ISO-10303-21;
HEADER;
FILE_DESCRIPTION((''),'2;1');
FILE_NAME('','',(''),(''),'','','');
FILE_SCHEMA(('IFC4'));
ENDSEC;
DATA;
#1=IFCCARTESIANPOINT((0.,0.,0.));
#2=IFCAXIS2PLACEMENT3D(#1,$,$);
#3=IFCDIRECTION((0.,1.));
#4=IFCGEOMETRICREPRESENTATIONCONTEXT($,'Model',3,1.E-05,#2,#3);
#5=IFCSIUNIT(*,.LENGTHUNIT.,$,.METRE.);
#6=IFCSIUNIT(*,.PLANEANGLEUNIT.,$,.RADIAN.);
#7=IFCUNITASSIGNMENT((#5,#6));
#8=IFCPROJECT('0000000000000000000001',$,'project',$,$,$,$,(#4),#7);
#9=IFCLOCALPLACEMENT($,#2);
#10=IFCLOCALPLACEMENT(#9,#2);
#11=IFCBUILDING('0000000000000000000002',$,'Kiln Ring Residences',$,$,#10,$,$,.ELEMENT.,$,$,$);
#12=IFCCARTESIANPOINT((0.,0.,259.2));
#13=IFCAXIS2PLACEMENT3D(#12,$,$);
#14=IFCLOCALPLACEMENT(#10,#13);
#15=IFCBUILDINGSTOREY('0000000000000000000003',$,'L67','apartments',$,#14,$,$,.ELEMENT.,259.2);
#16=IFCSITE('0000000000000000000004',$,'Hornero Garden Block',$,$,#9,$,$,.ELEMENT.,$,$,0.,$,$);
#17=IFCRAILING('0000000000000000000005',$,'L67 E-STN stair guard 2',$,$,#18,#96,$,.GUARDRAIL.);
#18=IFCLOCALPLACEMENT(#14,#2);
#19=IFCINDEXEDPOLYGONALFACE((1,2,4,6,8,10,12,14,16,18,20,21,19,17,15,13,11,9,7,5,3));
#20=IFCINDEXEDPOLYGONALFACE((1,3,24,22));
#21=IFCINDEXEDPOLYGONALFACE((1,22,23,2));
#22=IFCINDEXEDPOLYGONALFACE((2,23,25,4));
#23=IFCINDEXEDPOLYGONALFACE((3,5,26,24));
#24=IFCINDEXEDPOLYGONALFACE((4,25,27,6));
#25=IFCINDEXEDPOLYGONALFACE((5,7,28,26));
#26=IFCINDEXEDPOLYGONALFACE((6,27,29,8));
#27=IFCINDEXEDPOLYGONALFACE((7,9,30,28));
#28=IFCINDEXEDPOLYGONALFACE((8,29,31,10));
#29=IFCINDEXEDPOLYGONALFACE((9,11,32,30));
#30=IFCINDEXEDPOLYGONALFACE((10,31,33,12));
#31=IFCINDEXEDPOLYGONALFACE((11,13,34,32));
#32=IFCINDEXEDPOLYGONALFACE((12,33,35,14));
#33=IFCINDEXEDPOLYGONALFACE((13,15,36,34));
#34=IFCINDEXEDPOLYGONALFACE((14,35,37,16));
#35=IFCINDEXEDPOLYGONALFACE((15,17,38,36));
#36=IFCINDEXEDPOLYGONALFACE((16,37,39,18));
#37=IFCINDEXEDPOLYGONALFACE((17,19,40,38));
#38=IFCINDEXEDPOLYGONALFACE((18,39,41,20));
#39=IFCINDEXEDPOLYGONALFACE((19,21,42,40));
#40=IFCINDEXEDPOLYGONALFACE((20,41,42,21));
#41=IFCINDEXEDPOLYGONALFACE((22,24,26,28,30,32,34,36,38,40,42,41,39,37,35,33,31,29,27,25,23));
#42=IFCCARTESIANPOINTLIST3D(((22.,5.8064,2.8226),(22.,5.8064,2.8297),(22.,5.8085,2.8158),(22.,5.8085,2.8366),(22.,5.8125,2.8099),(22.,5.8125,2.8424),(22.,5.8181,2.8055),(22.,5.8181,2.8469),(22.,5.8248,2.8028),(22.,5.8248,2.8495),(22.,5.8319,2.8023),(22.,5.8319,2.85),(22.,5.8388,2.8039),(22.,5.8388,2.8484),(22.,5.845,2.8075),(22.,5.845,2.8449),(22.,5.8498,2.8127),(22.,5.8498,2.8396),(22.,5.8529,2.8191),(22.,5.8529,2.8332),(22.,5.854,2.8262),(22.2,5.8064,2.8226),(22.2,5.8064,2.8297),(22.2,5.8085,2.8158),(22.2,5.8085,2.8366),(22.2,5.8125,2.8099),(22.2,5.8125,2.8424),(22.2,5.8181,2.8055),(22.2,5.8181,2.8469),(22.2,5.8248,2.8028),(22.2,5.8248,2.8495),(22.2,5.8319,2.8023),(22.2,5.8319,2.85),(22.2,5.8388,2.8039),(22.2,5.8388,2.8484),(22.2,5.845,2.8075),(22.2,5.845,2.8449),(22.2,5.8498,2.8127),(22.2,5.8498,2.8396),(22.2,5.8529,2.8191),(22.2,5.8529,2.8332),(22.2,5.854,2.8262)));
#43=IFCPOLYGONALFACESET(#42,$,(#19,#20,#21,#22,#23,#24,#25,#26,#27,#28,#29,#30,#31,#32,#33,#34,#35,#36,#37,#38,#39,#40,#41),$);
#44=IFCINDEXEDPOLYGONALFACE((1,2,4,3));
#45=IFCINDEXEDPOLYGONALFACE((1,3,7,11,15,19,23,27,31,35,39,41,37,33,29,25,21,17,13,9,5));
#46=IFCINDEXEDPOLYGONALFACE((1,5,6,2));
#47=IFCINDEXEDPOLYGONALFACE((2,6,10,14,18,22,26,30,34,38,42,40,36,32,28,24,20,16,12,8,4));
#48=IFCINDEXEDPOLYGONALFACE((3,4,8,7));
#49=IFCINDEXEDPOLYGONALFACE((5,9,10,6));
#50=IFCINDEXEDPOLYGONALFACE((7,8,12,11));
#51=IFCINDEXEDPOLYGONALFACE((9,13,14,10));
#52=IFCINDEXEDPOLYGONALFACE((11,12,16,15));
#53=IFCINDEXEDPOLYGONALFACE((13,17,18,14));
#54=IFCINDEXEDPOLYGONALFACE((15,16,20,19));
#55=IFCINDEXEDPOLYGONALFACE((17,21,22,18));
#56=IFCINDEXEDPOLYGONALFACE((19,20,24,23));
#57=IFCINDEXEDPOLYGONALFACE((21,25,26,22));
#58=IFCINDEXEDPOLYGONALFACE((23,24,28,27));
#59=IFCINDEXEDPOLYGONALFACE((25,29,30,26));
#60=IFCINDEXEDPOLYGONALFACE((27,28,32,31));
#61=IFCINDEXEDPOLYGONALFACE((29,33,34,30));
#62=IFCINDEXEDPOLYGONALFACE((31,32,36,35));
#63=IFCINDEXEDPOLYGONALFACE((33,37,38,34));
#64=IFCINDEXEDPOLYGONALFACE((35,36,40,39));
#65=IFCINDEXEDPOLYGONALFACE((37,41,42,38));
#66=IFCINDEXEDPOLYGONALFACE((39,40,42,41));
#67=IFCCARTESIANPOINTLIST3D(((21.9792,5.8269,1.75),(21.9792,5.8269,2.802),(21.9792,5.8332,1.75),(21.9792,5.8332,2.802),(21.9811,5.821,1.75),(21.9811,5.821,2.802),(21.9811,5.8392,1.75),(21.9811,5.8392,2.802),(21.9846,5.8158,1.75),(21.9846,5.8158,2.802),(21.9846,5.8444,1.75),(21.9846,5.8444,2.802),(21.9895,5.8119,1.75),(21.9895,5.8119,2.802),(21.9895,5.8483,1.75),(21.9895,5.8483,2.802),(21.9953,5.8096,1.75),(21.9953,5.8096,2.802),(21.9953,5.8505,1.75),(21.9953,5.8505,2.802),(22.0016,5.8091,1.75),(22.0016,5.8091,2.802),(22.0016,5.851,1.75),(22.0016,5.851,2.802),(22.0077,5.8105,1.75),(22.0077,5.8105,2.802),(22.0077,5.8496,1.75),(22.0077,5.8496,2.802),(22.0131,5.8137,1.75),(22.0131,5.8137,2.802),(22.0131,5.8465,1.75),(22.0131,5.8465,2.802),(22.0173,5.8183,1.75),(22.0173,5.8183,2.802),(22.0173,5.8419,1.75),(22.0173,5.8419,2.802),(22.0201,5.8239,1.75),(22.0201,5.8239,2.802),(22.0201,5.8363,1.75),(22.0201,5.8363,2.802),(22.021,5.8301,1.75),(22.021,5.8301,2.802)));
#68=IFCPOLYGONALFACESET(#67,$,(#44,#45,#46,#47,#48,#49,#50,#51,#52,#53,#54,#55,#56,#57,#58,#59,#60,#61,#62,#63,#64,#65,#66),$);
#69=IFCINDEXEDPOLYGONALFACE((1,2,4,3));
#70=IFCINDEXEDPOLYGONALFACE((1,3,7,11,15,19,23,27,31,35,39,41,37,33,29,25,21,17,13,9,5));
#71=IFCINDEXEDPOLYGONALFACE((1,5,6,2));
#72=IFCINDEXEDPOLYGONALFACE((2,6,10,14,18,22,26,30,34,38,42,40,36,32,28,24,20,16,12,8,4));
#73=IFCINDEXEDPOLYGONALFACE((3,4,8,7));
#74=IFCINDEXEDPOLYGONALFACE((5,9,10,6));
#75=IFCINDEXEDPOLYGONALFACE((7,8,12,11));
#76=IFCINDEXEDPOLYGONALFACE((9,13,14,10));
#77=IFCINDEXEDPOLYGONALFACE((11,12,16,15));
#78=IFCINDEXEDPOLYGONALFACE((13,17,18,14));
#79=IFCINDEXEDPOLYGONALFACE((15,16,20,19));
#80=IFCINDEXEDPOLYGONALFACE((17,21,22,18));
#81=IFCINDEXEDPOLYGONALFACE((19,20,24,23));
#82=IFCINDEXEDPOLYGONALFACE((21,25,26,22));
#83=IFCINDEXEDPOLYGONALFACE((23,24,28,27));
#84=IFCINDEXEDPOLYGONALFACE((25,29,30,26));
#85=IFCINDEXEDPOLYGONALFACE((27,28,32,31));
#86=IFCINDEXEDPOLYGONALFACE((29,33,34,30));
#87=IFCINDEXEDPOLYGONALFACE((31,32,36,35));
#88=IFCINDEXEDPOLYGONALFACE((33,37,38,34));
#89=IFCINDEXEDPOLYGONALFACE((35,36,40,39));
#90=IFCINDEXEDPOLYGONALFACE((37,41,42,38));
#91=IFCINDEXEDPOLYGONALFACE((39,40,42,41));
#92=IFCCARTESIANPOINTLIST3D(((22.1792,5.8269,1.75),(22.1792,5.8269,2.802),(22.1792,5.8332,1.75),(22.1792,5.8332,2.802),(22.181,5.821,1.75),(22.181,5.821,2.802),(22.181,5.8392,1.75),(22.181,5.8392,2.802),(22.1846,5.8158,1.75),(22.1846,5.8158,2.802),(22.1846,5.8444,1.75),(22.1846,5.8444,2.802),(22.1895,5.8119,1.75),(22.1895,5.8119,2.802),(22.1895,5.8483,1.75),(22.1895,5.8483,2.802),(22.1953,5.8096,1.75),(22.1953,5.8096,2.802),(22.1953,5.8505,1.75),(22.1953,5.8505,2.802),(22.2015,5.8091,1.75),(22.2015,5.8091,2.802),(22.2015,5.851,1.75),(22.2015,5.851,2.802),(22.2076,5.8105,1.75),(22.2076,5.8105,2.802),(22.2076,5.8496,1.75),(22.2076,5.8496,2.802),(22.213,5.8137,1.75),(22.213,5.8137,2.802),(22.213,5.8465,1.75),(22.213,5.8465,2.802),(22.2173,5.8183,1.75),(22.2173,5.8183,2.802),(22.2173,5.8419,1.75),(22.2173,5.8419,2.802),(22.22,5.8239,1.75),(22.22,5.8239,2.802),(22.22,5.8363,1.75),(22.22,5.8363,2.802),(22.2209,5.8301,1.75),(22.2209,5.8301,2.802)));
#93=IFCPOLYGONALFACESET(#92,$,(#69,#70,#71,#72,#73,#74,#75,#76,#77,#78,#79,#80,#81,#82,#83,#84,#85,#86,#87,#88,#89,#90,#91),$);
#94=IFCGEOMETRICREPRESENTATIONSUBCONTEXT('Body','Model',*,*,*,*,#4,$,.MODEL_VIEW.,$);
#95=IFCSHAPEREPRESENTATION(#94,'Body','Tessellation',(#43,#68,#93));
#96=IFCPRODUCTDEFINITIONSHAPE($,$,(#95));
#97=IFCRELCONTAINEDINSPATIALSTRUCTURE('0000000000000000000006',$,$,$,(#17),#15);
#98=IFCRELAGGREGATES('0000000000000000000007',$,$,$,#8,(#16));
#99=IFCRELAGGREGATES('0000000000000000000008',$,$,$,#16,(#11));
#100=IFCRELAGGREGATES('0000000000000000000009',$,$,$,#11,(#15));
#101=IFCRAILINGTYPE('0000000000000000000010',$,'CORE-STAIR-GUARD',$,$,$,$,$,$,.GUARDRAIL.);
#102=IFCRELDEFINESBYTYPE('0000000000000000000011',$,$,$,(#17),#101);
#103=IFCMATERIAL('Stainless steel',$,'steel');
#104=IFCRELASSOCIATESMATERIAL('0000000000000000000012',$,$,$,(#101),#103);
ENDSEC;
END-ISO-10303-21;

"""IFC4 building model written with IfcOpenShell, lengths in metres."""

from ifc_helpers import new_model, si_unit, direction, frame, origin, origin_2d, place, context, subcontext, project, spatial, circle, extrude, material, type_object, element, save


model = new_model("IFC4")

# Units and contexts
model_context = context("Model", 3, precision=1e-05, world=origin(), true_north=direction((0.0, 1.0)))
body_context = subcontext(model_context, "Body", "Model", "MODEL_VIEW")
ifc_project = project(units=[si_unit("LENGTHUNIT", "METRE"), si_unit("PLANEANGLEUNIT", "RADIAN")], contexts=[model_context])

# Site, building, storey
site_placement = place(None, origin())
site = spatial("IfcSite", under=ifc_project, at=site_placement, Name="Hornero Garden Block", CompositionType="ELEMENT", RefElevation=0.0)
building_placement = place(site_placement, origin())
building = spatial("IfcBuilding", under=site, at=building_placement, Name="Kiln Ring Residences", CompositionType="ELEMENT")
storey_placement = place(building_placement, frame((0.0, 0.0, 259.2)))
storey = spatial("IfcBuildingStorey", under=building, at=storey_placement, Name="L67", Description="apartments", CompositionType="ELEMENT", Elevation=259.2)

# Railing
ifc_material_1 = material(Name="Stainless steel", Category="steel")
railing_type_1 = type_object("IfcRailingType", Name="CORE-STAIR-GUARD", PredefinedType="GUARDRAIL", material=ifc_material_1)
railing_1_placement = place(storey_placement, frame((22.0, 5.8301, 1.75)))
element("IfcRailing", 1, at=railing_1_placement, inside=storey, type_object=railing_type_1, Name="L67 E-STN stair guard 2", PredefinedType="GUARDRAIL", context=body_context, shape_type="SweptSolid", body=[
    extrude(circle(Radius=0.0239, at=origin_2d()), frame((0.0, 0.0, 1.0762), z_axis=(1.0, 0.0, 0.0), x_axis=(0.0, 1.0, 0.0)), (0.0, 0.0, 1.0), 0.2),
    extrude(circle(Radius=0.021, at=origin_2d()), origin(), (0.0, 0.0, 1.0), 1.052),
    extrude(circle(Radius=0.021, at=origin_2d()), frame((0.2, 0.0, 0.0)), (0.0, 0.0, 1.0), 1.052),
])

save(model, "model.ifc")
